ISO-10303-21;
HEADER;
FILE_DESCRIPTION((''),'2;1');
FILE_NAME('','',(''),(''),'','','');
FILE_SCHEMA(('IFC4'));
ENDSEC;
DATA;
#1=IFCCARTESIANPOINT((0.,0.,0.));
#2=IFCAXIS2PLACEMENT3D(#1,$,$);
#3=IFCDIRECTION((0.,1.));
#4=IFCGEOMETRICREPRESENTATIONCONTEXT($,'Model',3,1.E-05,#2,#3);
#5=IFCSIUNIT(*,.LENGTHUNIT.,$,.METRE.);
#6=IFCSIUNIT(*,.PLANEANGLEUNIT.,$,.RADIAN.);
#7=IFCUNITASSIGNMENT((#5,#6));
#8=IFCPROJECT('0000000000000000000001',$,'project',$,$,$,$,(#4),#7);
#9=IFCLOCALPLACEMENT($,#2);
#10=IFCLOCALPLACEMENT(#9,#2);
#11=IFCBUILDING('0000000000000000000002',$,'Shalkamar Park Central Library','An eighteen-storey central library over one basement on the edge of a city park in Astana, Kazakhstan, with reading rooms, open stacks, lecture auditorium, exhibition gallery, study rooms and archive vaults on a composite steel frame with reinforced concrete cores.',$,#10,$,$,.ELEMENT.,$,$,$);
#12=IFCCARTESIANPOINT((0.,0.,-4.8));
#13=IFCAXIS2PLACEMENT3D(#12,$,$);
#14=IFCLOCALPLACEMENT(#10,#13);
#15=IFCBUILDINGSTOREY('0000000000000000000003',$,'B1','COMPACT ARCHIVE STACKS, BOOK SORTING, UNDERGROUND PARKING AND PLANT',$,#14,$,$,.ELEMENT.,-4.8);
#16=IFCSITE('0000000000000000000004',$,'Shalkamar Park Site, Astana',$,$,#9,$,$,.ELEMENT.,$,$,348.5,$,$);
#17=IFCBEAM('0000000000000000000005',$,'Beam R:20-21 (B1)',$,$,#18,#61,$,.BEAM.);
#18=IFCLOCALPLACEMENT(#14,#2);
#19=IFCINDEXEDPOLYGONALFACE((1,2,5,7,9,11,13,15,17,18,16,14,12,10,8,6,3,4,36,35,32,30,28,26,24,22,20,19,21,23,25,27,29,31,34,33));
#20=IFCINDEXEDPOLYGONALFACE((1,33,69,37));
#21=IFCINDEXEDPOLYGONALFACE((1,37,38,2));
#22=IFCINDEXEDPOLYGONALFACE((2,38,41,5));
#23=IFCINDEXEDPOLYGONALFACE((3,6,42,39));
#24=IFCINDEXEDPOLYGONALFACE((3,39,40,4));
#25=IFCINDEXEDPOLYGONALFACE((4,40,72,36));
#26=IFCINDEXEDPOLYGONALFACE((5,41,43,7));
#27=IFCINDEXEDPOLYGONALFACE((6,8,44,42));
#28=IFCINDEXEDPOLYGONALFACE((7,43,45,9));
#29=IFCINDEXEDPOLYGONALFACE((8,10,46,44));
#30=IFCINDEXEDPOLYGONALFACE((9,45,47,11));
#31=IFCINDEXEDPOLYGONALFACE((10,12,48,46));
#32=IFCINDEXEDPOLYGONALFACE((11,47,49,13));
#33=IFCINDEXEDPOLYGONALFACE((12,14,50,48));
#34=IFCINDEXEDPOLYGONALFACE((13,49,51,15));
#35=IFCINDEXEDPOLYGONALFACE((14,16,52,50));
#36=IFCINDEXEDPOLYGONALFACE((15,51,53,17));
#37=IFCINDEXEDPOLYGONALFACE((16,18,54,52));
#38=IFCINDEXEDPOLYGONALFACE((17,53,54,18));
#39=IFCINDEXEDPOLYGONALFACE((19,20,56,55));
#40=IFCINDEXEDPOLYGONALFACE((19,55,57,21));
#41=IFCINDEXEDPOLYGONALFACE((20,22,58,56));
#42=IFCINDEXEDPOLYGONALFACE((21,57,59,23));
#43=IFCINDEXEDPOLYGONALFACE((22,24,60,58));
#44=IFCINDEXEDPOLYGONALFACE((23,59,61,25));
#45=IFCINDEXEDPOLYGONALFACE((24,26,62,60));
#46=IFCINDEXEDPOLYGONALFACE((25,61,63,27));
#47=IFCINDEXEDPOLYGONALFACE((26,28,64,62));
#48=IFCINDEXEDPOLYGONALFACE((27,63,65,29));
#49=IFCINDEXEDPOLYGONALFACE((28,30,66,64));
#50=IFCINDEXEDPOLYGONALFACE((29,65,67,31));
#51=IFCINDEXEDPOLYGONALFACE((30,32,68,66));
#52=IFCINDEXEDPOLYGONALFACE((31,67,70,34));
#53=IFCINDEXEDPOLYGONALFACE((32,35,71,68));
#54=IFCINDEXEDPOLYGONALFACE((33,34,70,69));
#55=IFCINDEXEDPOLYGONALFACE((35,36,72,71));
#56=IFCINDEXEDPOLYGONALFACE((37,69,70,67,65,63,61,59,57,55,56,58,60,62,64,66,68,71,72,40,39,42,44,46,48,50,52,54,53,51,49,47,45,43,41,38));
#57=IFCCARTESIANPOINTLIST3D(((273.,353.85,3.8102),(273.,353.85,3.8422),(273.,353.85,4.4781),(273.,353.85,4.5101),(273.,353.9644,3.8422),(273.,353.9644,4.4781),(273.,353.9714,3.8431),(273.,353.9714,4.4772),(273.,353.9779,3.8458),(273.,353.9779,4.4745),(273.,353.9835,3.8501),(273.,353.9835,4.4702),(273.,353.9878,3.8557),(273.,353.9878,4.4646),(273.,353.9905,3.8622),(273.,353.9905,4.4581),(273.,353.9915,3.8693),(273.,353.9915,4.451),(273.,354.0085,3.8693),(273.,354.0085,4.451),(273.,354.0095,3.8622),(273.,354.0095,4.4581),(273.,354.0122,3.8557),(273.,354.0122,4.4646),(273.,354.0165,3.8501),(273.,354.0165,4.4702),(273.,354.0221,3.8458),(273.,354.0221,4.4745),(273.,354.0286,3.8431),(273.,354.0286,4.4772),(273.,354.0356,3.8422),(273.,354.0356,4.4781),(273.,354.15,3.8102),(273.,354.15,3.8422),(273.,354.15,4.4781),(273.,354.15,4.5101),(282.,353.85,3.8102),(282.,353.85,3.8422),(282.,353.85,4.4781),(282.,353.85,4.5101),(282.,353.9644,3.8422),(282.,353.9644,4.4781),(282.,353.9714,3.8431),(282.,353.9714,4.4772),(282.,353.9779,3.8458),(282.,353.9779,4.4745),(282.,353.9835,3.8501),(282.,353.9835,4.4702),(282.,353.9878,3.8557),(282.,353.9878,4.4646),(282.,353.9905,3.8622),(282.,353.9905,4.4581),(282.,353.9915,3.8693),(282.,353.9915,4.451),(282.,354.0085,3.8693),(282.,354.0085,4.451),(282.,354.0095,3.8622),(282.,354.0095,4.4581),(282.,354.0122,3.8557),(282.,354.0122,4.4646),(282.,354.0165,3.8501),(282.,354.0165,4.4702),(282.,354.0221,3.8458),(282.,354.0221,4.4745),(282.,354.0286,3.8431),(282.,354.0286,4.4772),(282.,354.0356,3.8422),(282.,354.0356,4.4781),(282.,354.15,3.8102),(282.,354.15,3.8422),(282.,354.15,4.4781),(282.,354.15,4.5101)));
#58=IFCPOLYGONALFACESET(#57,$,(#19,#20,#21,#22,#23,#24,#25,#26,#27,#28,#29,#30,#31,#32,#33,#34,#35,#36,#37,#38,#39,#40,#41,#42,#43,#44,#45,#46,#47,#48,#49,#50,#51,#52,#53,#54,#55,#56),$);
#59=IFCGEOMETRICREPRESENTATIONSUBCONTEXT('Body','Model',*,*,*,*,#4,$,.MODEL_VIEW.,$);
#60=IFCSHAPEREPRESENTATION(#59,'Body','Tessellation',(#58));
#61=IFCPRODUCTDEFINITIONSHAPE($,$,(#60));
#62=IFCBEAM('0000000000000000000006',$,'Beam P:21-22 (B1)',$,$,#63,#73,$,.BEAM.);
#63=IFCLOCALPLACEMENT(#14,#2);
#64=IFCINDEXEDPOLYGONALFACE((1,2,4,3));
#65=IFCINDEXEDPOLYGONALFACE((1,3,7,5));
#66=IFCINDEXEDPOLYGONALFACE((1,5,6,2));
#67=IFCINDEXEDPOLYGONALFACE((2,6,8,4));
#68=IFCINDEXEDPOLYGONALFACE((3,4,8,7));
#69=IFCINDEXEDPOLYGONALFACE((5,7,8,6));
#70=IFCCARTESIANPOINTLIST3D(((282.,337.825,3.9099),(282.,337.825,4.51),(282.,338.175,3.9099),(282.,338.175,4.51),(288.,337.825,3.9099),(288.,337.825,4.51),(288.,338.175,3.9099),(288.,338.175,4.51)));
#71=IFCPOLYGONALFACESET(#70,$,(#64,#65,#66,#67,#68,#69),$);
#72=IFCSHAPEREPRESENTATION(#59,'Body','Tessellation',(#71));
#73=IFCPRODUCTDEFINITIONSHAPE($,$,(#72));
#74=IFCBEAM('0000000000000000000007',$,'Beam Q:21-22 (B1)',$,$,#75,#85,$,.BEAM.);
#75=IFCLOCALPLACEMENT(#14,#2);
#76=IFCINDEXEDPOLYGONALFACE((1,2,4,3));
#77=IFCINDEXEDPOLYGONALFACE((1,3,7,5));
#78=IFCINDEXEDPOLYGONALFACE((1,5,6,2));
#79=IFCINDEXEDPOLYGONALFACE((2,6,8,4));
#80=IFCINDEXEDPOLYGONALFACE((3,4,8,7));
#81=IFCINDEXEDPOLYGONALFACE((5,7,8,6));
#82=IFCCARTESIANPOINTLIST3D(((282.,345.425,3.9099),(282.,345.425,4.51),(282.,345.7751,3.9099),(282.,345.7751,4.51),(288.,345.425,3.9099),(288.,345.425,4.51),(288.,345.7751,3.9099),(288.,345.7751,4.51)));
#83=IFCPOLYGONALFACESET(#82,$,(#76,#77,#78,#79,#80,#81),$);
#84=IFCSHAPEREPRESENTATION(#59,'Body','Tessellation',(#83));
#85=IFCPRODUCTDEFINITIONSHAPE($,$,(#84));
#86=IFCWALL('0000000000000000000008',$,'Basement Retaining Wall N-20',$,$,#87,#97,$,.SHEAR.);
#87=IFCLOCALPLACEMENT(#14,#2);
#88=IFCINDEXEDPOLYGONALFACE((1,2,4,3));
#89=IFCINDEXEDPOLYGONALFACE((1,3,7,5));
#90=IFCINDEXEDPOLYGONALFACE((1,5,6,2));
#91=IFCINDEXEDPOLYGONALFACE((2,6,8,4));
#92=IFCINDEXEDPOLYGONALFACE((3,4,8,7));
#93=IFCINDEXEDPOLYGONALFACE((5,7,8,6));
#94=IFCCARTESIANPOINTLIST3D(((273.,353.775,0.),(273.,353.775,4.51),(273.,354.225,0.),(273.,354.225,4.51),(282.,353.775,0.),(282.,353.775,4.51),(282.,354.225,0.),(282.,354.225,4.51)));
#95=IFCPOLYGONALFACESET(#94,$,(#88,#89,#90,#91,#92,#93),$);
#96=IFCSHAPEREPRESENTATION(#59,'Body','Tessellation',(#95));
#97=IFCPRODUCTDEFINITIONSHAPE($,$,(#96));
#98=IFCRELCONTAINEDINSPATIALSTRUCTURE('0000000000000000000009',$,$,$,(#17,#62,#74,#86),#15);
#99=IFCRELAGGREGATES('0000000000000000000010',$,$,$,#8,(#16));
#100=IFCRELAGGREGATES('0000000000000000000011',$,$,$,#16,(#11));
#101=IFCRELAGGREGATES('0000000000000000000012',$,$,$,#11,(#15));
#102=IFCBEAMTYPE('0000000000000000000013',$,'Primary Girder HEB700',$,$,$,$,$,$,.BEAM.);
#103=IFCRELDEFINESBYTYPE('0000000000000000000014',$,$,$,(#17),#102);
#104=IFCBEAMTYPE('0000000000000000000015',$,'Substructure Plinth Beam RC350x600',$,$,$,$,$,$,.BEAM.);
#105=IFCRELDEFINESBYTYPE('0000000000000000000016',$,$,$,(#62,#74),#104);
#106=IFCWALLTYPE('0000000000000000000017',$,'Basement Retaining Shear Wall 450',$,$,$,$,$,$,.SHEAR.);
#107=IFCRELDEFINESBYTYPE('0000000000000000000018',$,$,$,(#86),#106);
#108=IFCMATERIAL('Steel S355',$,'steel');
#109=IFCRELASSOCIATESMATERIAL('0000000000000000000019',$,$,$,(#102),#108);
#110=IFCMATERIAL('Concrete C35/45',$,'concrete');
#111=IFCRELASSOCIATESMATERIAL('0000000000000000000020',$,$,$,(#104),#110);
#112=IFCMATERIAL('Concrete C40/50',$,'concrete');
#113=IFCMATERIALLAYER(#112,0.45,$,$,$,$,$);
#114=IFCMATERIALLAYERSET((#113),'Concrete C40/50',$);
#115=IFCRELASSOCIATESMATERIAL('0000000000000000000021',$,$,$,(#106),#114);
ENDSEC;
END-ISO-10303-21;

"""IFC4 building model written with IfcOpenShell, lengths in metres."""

from ifc_helpers import new_model, si_unit, direction, frame, frame_2d, origin, origin_2d, place, context, subcontext, project, spatial, rectangle, i_section, extrude, material, layer, layer_set, material_profile, profile_set, type_object, element, save


model = new_model("IFC4")

# Units and contexts
model_context = context("Model", 3, precision=1e-05, world=origin(), true_north=direction((0.0, 1.0)))
body_context = subcontext(model_context, "Body", "Model", "MODEL_VIEW")
ifc_project = project(units=[si_unit("LENGTHUNIT", "METRE"), si_unit("PLANEANGLEUNIT", "RADIAN")], contexts=[model_context])

# Site, building, storey
site_placement = place(None, origin())
site = spatial("IfcSite", under=ifc_project, at=site_placement, Name="Shalkamar Park Site, Astana", CompositionType="ELEMENT", RefElevation=348.5)
building_placement = place(site_placement, origin())
building = spatial("IfcBuilding", under=site, at=building_placement, Name="Shalkamar Park Central Library", Description="An eighteen-storey central library over one basement on the edge of a city park in Astana, Kazakhstan, with reading rooms, open stacks, lecture auditorium, exhibition gallery, study rooms and archive vaults on a composite steel frame with reinforced concrete cores.", CompositionType="ELEMENT")
storey_placement = place(building_placement, frame((0.0, 0.0, -4.8)))
storey = spatial("IfcBuildingStorey", under=building, at=storey_placement, Name="B1", Description="COMPACT ARCHIVE STACKS, BOOK SORTING, UNDERGROUND PARKING AND PLANT", CompositionType="ELEMENT", Elevation=-4.8)

# Shared definitions
ifc_material_1 = material(Name="Concrete C35/45", Category="concrete")

# Shared definitions
ifc_material_2 = material(Name="Concrete C40/50", Category="concrete")
ifc_material_3 = material(Name="Steel S355", Category="steel")

# Beams
ifc_material_profile_1 = material_profile(ifc_material_3, i_section(OverallWidth=0.3, OverallDepth=0.7, WebThickness=0.0171, FlangeThickness=0.032, FilletRadius=0.0271, at=origin_2d()), Name="HEB 700")
ifc_profile_set_1 = profile_set([ifc_material_profile_1], Name="Steel S355")
beam_type_1 = type_object("IfcBeamType", Name="Primary Girder HEB700", PredefinedType="BEAM", material=ifc_profile_set_1)
for number, where, z_axis, x_axis, name in (
    (1, (273.0, 354.0, 4.1602), (1.0, 0.0, 0.0), (0.0, 1.0, 0.0), "Beam R:20-21 (B1)"),
):
    element("IfcBeam", number, at=place(storey_placement, frame(where, z_axis=z_axis, x_axis=x_axis)), inside=storey, type_object=beam_type_1, Name=name, PredefinedType="BEAM", context=body_context, shape_type="SweptSolid", body=[
        extrude(i_section(OverallWidth=0.3, OverallDepth=0.7, WebThickness=0.0171, FlangeThickness=0.032, FilletRadius=0.0271, at=origin_2d()), origin(), (0.0, 0.0, 1.0), 9.0),
    ])
ifc_material_profile_2 = material_profile(ifc_material_1, rectangle(XDim=0.3501, YDim=0.6001, at=origin_2d()), Name="RC 350x600")
ifc_profile_set_2 = profile_set([ifc_material_profile_2], Name="Concrete C35/45")
beam_type_2 = type_object("IfcBeamType", Name="Substructure Plinth Beam RC350x600", PredefinedType="BEAM", material=ifc_profile_set_2)
for number, where, z_axis, x_axis, name in (
    (2, (282.0, 338.0, 4.21), (1.0, 0.0, 0.0), (0.0, 1.0, 0.0), "Beam P:21-22 (B1)"),
    (3, (282.0, 345.6001, 4.21), (1.0, 0.0, 0.0), (0.0, 1.0, 0.0), "Beam Q:21-22 (B1)"),
):
    element("IfcBeam", number, at=place(storey_placement, frame(where, z_axis=z_axis, x_axis=x_axis)), inside=storey, type_object=beam_type_2, Name=name, PredefinedType="BEAM", context=body_context, shape_type="SweptSolid", body=[
        extrude(rectangle(XDim=0.3501, YDim=0.6001, at=origin_2d()), origin(), (0.0, 0.0, 1.0), 6.0),
    ])

# Wall
ifc_layer = layer(ifc_material_2, 0.45)
ifc_layer_set = layer_set([ifc_layer], Name="Concrete C40/50")
wall_type = type_object("IfcWallType", Name="Basement Retaining Shear Wall 450", PredefinedType="SHEAR", material=ifc_layer_set)
wall_placement = place(storey_placement, frame((273.0, 354.0, 0.0), z_axis=(0.0, 0.0, 1.0), x_axis=(1.0, 0.0, 0.0)))
element("IfcWall", 4, at=wall_placement, inside=storey, type_object=wall_type, Name="Basement Retaining Wall N-20", PredefinedType="SHEAR", context=body_context, shape_type="SweptSolid", body=[
    extrude(rectangle(XDim=9.0, YDim=0.45, at=frame_2d((4.5, 0.0))), origin(), (0.0, 0.0, 1.0), 4.51),
])

save(model, "model.ifc")
